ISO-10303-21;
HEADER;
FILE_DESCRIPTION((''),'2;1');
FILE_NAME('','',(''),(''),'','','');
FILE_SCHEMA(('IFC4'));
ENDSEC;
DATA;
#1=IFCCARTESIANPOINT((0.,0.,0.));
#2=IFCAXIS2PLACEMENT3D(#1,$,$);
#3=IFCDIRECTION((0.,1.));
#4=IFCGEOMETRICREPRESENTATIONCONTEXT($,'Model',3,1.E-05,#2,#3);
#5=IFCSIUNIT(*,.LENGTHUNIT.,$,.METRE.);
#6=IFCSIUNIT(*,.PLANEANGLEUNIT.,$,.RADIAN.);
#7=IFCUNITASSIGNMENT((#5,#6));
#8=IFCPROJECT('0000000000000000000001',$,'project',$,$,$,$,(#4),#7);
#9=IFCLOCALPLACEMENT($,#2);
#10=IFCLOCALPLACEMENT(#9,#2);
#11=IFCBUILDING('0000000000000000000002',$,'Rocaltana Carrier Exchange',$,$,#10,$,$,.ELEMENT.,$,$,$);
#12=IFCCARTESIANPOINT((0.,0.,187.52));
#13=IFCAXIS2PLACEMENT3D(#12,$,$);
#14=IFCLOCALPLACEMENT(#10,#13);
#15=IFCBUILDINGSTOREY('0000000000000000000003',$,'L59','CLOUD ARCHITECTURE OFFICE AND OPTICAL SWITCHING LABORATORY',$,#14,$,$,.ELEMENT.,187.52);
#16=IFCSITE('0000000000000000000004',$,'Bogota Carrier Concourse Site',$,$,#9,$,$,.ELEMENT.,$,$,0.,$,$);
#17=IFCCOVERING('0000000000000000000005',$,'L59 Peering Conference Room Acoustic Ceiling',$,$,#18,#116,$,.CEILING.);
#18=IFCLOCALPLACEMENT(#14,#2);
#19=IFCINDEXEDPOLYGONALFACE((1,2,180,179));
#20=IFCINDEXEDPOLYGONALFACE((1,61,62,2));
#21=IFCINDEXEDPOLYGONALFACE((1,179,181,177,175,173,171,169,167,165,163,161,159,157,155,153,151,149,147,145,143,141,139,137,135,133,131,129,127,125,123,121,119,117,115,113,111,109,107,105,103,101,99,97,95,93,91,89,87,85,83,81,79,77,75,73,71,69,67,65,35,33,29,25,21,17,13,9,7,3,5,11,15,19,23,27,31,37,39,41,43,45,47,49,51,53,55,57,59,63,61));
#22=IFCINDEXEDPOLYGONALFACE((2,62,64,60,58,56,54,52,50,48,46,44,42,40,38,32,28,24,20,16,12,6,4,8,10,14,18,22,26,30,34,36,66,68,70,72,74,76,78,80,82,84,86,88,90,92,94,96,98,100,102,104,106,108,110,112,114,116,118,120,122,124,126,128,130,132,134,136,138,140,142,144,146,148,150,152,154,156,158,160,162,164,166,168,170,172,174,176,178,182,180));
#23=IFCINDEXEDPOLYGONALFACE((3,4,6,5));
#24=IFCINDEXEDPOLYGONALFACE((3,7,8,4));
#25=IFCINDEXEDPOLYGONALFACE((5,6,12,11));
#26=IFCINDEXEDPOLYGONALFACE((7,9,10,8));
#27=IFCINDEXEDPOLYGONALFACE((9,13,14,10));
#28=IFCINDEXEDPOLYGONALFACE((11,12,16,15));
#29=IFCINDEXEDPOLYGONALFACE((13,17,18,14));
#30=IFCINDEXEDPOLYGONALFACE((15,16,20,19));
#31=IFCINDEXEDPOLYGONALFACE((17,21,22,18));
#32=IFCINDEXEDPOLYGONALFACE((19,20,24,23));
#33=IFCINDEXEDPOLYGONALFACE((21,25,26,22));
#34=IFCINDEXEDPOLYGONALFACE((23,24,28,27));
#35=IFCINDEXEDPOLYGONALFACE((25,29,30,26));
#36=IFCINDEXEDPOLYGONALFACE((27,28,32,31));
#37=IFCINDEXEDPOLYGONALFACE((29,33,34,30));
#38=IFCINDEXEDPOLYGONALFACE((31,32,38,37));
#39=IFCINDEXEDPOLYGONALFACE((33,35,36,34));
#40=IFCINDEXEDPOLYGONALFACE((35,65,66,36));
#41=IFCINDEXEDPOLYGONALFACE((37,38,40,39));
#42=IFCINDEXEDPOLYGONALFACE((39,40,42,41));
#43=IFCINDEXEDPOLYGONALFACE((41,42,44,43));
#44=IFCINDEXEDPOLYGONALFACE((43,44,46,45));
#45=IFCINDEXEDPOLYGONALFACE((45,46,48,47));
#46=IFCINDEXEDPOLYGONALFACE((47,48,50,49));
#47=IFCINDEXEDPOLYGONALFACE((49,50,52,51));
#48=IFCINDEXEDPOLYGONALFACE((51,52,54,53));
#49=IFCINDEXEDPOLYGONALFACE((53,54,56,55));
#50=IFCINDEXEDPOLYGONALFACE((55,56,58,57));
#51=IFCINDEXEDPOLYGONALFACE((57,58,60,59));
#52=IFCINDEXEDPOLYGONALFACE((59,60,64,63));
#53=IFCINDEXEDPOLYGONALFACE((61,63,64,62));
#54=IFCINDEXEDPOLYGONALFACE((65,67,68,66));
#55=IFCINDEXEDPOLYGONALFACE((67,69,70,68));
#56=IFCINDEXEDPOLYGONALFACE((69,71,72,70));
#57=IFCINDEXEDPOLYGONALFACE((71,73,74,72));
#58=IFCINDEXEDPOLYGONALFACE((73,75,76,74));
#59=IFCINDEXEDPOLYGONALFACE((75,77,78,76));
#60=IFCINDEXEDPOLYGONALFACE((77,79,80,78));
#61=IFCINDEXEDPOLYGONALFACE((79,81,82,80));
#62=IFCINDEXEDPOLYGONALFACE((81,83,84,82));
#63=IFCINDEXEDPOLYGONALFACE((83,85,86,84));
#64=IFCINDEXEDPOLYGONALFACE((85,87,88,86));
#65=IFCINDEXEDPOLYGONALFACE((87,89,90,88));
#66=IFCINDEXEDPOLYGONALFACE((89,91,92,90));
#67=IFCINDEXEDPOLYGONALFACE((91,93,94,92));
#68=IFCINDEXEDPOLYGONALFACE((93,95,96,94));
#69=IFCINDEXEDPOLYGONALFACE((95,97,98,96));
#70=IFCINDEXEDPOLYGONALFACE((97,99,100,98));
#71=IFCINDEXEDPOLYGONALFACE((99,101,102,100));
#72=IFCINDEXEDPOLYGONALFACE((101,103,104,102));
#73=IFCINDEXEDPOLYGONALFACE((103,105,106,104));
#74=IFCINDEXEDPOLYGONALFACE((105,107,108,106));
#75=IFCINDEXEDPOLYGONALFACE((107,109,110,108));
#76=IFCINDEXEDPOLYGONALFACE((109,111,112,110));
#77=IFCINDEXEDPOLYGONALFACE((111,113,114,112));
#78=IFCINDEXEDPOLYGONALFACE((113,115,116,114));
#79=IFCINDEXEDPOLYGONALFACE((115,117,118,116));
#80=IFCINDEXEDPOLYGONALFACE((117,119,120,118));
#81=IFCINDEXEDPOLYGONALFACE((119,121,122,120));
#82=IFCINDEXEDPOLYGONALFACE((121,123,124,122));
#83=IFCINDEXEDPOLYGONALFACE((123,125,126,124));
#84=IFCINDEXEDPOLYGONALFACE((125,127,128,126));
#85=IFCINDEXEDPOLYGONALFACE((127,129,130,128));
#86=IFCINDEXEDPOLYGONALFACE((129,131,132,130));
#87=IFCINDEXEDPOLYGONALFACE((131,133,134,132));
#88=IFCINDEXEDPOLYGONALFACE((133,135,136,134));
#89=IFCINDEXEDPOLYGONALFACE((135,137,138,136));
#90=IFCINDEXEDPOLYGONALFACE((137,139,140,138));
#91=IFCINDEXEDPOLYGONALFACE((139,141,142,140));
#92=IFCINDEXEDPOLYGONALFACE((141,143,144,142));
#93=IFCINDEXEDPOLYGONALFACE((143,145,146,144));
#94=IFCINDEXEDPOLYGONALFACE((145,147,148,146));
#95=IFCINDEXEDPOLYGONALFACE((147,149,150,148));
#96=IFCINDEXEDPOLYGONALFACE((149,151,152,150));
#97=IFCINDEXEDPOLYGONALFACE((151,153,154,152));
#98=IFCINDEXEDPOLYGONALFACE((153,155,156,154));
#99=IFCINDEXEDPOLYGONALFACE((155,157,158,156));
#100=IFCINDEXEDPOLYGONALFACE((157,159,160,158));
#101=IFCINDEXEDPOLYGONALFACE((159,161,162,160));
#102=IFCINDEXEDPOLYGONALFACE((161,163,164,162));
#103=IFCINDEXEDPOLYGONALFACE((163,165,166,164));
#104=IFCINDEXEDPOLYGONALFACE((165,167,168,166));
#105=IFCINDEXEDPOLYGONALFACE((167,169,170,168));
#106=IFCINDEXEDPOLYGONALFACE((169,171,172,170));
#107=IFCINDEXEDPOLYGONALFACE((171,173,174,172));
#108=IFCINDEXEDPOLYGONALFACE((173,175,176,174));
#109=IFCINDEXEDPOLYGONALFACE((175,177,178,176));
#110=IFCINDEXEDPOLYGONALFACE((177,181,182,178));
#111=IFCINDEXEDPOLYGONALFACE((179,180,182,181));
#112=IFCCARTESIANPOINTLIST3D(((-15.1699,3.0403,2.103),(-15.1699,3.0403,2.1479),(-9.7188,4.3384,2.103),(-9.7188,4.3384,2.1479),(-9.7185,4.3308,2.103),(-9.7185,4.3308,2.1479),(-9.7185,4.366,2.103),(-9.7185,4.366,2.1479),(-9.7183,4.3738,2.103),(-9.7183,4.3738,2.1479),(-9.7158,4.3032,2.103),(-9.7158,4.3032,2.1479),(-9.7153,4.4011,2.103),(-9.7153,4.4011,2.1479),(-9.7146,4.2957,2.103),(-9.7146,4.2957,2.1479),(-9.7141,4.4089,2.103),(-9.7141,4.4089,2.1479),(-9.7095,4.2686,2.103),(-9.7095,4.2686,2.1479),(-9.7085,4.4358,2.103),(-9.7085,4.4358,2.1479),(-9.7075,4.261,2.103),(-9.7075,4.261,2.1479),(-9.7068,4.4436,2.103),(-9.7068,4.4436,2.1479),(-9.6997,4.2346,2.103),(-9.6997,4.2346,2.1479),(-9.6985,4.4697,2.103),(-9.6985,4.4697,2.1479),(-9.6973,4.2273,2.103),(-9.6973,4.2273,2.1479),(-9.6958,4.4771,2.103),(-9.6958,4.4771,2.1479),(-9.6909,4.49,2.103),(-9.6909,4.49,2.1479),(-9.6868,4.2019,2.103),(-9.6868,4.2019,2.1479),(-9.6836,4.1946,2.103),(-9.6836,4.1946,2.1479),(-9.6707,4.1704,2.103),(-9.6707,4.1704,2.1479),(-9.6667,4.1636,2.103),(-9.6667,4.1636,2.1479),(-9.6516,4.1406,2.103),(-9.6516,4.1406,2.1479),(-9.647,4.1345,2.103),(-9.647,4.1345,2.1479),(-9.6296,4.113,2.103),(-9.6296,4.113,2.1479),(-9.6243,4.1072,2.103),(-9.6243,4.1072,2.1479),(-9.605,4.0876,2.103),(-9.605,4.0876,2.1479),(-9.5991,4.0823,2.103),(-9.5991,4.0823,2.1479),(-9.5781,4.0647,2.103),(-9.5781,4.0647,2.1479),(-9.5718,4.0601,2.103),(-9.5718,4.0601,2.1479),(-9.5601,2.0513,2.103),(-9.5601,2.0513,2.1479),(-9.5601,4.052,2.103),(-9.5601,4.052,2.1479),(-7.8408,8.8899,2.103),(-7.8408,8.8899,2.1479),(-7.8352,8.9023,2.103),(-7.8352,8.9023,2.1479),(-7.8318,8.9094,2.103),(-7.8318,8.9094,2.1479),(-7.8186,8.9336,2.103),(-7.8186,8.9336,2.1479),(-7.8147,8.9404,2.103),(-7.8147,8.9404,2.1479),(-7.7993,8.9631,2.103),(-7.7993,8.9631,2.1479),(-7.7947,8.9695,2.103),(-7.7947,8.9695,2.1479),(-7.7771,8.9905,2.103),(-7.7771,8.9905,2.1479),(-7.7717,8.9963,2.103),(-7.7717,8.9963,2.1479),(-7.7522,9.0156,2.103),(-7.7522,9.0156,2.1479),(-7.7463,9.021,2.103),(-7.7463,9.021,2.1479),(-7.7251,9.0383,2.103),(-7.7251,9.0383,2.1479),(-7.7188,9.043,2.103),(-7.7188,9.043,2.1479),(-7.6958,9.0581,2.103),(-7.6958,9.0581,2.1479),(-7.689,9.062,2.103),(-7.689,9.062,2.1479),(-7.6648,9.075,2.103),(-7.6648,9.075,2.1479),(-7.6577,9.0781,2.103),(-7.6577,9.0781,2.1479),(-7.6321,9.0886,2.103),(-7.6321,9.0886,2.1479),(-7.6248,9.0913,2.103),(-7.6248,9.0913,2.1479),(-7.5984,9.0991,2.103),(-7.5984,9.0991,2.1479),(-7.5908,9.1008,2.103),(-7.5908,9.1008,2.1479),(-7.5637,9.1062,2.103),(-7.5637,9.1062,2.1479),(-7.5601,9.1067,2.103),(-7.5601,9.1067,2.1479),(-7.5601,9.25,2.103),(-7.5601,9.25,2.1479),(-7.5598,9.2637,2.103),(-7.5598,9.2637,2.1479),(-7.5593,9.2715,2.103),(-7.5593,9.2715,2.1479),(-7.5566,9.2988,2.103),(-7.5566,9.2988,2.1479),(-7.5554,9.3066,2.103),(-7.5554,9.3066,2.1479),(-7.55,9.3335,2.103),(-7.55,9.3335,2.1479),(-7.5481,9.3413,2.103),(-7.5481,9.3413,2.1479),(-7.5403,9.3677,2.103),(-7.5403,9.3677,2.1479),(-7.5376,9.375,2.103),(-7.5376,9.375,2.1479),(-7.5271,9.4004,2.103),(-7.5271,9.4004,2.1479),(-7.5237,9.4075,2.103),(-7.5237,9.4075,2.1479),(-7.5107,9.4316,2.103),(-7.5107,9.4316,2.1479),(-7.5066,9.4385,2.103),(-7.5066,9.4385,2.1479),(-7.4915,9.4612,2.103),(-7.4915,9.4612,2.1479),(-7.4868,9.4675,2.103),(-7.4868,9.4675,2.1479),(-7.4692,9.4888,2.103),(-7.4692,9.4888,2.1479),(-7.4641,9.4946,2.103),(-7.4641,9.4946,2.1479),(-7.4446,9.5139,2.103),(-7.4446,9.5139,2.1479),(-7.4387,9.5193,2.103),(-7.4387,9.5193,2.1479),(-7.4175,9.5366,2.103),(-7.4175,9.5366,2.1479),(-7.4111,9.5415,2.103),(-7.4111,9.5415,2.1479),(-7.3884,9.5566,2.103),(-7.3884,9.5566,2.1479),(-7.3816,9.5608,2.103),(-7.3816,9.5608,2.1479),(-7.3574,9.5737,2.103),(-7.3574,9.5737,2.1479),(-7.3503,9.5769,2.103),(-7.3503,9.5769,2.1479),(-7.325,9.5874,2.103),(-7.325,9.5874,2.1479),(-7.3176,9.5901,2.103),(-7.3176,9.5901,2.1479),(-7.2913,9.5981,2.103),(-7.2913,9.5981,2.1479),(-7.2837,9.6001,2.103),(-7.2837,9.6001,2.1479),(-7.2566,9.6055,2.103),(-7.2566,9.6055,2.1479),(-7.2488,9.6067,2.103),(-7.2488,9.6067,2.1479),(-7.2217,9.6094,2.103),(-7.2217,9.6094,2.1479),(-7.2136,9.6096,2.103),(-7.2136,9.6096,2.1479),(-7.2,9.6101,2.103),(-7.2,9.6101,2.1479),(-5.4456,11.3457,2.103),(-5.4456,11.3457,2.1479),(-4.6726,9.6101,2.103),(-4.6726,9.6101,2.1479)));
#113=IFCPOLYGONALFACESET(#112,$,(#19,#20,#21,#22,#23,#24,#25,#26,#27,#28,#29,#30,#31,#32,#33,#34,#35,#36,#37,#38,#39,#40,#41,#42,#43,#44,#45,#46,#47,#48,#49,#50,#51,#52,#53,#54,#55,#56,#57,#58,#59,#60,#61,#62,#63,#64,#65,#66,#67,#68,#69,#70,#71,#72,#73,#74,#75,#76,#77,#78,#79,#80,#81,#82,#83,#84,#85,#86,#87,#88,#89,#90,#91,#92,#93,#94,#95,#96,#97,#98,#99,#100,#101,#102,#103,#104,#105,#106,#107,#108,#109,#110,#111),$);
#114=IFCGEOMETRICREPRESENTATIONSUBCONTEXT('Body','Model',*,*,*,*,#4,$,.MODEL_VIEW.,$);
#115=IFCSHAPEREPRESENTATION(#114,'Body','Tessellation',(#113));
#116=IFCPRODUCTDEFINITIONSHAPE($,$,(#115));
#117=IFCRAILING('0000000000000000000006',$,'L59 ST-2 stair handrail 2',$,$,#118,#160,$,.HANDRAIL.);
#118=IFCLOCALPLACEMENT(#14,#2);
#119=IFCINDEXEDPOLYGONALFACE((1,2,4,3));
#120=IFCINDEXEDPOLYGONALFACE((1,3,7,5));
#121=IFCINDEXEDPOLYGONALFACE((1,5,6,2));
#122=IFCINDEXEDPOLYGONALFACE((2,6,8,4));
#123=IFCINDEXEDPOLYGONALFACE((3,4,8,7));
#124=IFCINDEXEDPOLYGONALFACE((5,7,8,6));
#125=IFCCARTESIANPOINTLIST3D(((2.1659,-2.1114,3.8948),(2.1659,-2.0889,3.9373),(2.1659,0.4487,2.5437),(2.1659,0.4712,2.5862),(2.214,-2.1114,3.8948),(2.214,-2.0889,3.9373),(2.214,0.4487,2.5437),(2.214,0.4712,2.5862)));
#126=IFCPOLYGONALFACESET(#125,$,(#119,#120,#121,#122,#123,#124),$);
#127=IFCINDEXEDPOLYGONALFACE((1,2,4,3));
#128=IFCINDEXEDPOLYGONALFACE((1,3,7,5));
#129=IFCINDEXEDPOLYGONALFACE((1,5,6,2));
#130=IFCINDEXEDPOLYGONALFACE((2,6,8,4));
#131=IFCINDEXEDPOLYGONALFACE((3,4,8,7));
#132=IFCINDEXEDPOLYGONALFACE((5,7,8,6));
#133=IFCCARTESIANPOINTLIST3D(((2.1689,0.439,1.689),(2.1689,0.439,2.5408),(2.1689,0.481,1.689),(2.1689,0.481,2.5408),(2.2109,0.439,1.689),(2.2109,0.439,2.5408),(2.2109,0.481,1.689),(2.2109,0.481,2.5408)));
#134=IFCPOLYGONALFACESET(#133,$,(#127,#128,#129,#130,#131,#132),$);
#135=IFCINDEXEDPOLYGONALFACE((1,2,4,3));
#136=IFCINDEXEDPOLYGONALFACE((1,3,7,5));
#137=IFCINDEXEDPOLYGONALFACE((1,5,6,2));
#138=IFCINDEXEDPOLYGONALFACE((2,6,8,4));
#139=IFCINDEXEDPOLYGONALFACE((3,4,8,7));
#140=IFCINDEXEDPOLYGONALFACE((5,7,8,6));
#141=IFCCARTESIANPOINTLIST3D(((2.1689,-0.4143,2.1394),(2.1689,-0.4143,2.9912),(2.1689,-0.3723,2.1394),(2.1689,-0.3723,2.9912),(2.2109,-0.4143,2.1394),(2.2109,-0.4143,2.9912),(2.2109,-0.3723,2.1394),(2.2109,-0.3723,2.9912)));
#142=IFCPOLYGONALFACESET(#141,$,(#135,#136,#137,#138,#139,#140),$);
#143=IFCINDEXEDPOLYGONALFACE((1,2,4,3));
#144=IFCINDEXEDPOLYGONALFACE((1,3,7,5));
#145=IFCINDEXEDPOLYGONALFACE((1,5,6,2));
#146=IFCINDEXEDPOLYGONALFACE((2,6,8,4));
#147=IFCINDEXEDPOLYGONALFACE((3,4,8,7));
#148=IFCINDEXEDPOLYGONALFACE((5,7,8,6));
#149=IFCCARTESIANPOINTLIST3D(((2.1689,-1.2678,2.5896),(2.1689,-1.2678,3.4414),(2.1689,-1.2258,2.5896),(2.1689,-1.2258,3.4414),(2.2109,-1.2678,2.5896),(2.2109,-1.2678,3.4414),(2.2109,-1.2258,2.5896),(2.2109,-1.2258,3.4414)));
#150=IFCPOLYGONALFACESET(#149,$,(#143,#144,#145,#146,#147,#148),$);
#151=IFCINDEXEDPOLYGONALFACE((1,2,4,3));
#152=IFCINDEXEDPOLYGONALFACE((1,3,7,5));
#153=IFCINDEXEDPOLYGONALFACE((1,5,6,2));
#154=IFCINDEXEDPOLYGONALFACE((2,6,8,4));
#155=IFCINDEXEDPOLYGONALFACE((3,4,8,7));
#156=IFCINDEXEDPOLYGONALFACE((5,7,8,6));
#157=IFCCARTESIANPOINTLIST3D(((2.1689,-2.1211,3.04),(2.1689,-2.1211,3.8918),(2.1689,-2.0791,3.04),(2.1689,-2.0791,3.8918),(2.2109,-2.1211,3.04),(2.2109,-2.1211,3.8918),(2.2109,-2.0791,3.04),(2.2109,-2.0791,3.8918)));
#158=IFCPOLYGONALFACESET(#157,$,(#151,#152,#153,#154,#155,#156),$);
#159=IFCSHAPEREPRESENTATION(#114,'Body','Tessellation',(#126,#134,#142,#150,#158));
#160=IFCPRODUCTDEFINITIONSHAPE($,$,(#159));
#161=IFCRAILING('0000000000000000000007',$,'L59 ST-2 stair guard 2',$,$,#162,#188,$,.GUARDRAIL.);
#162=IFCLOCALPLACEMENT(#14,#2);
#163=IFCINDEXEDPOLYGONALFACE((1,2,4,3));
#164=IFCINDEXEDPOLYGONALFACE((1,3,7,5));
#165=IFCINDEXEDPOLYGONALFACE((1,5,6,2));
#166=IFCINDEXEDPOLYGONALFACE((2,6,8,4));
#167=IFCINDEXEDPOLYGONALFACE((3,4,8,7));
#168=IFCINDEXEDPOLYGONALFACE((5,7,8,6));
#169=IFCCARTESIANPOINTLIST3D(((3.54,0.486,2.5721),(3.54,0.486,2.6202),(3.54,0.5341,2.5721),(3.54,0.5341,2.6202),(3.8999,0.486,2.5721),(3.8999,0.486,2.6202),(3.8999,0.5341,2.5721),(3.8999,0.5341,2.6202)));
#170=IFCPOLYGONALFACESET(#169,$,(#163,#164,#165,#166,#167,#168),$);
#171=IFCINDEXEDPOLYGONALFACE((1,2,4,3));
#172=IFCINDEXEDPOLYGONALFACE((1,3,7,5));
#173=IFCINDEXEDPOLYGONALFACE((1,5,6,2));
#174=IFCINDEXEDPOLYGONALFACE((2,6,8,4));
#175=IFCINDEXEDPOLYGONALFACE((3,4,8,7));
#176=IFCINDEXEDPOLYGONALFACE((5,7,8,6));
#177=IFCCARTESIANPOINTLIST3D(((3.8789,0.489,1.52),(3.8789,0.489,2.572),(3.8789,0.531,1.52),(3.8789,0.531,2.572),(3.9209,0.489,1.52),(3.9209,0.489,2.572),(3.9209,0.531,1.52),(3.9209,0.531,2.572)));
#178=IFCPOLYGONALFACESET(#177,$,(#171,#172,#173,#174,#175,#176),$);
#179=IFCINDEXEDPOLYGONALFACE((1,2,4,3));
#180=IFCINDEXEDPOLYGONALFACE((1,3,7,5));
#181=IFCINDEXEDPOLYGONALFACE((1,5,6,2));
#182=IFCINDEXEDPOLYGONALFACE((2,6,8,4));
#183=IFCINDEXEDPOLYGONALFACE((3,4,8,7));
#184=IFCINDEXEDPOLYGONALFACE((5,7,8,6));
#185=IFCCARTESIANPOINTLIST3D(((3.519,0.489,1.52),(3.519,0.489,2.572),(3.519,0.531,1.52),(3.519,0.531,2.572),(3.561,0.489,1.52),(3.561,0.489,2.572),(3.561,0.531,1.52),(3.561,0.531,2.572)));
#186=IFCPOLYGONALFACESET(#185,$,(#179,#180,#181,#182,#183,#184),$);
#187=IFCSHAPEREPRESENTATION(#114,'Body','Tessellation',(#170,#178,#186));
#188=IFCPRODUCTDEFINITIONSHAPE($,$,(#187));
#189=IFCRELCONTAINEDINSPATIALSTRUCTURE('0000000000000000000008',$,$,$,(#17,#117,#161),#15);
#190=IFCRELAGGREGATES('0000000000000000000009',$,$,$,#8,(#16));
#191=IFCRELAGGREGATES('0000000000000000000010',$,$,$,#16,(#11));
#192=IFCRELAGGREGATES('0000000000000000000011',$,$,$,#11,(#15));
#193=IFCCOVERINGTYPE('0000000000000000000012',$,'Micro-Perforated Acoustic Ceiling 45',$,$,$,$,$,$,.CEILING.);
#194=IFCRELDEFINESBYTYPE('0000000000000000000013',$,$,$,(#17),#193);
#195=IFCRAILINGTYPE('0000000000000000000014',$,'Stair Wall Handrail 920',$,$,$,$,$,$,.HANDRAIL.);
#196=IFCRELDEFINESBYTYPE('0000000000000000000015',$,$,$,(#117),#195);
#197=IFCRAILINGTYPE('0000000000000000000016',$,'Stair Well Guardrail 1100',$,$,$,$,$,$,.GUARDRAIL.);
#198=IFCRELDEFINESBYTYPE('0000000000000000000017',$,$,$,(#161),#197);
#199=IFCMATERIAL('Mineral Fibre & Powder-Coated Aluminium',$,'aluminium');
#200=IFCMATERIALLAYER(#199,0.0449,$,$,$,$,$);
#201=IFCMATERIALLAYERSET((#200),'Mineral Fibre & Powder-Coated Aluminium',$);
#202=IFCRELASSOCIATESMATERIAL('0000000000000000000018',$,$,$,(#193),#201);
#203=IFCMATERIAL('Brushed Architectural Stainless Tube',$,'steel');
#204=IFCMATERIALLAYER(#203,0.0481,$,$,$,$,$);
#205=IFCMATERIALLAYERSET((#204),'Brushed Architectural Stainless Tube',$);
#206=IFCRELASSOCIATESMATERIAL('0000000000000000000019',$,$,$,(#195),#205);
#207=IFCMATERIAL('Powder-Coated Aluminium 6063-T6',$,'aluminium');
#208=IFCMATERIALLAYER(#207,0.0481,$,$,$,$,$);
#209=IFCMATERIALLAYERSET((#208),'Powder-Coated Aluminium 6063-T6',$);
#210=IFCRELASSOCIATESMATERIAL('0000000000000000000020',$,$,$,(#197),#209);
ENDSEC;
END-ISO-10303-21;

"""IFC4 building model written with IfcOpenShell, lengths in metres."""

from ifc_helpers import new_model, si_unit, direction, frame, origin, origin_2d, place, context, subcontext, project, spatial, polyline, rectangle, outline, extrude, material, layer, layer_set, type_object, element, save


model = new_model("IFC4")

# Units and contexts
model_context = context("Model", 3, precision=1e-05, world=origin(), true_north=direction((0.0, 1.0)))
body_context = subcontext(model_context, "Body", "Model", "MODEL_VIEW")
ifc_project = project(units=[si_unit("LENGTHUNIT", "METRE"), si_unit("PLANEANGLEUNIT", "RADIAN")], contexts=[model_context])

# Site, building, storey
site_placement = place(None, origin())
site = spatial("IfcSite", under=ifc_project, at=site_placement, Name="Bogota Carrier Concourse Site", CompositionType="ELEMENT", RefElevation=0.0)
building_placement = place(site_placement, origin())
building = spatial("IfcBuilding", under=site, at=building_placement, Name="Rocaltana Carrier Exchange", CompositionType="ELEMENT")
storey_placement = place(building_placement, frame((0.0, 0.0, 187.52)))
storey = spatial("IfcBuildingStorey", under=building, at=storey_placement, Name="L59", Description="CLOUD ARCHITECTURE OFFICE AND OPTICAL SWITCHING LABORATORY", CompositionType="ELEMENT", Elevation=187.52)

# Covering
ifc_material_1 = material(Name="Mineral Fibre & Powder-Coated Aluminium", Category="aluminium")
ifc_layer_1 = layer(ifc_material_1, 0.0449)
ifc_layer_set_1 = layer_set([ifc_layer_1], Name="Mineral Fibre & Powder-Coated Aluminium")
covering_type_1 = type_object("IfcCoveringType", Name="Micro-Perforated Acoustic Ceiling 45", PredefinedType="CEILING", material=ifc_layer_set_1)
covering_1_placement = place(storey_placement, frame((0.0, 0.0, 2.103)))
element("IfcCovering", 1, at=covering_1_placement, inside=storey, type_object=covering_type_1, Name="L59 Peering Conference Room Acoustic Ceiling", PredefinedType="CEILING", context=body_context, shape_type="SweptSolid", body=[
    extrude(outline(polyline([(-9.5601, 4.052), (-9.5601, 2.0513), (-15.1699, 3.0403), (-5.4456, 11.3457), (-4.6726, 9.6101), (-7.2, 9.6101), (-7.2136, 9.6096), (-7.2217, 9.6094), (-7.2488, 9.6067), (-7.2566, 9.6055), (-7.2837, 9.6001), (-7.2913, 9.5981), (-7.3176, 9.5901), (-7.325, 9.5874), (-7.3503, 9.5769), (-7.3574, 9.5737), (-7.3816, 9.5608), (-7.3884, 9.5566), (-7.4111, 9.5415), (-7.4175, 9.5366), (-7.4387, 9.5193), (-7.4446, 9.5139), (-7.4641, 9.4946), (-7.4692, 9.4888), (-7.4868, 9.4675), (-7.4915, 9.4612), (-7.5066, 9.4385), (-7.5107, 9.4316), (-7.5237, 9.4075), (-7.5271, 9.4004), (-7.5376, 9.375), (-7.5403, 9.3677), (-7.5481, 9.3413), (-7.55, 9.3335), (-7.5554, 9.3066), (-7.5566, 9.2988), (-7.5593, 9.2715), (-7.5598, 9.2637), (-7.5601, 9.25), (-7.5601, 9.1067), (-7.5637, 9.1062), (-7.5908, 9.1008), (-7.5984, 9.0991), (-7.6248, 9.0913), (-7.6321, 9.0886), (-7.6577, 9.0781), (-7.6648, 9.075), (-7.689, 9.062), (-7.6958, 9.0581), (-7.7188, 9.043), (-7.7251, 9.0383), (-7.7463, 9.021), (-7.7522, 9.0156), (-7.7717, 8.9963), (-7.7771, 8.9905), (-7.7947, 8.9695), (-7.7993, 8.9631), (-7.8147, 8.9404), (-7.8186, 8.9336), (-7.8318, 8.9094), (-7.8352, 8.9023), (-7.8408, 8.8899), (-9.6909, 4.49), (-9.6958, 4.4771), (-9.6985, 4.4697), (-9.7068, 4.4436), (-9.7085, 4.4358), (-9.7141, 4.4089), (-9.7153, 4.4011), (-9.7183, 4.3738), (-9.7185, 4.366), (-9.7188, 4.3384), (-9.7185, 4.3308), (-9.7158, 4.3032), (-9.7146, 4.2957), (-9.7095, 4.2686), (-9.7075, 4.261), (-9.6997, 4.2346), (-9.6973, 4.2273), (-9.6868, 4.2019), (-9.6836, 4.1946), (-9.6707, 4.1704), (-9.6667, 4.1636), (-9.6516, 4.1406), (-9.647, 4.1345), (-9.6296, 4.113), (-9.6243, 4.1072), (-9.605, 4.0876), (-9.5991, 4.0823), (-9.5781, 4.0647), (-9.5718, 4.0601), (-9.5601, 4.052)])), origin(), (0.0, 0.0, 1.0), 0.0449),
])

# Railings
ifc_material_2 = material(Name="Brushed Architectural Stainless Tube", Category="steel")
ifc_layer_2 = layer(ifc_material_2, 0.0481)
ifc_layer_set_2 = layer_set([ifc_layer_2], Name="Brushed Architectural Stainless Tube")
railing_type_1 = type_object("IfcRailingType", Name="Stair Wall Handrail 920", PredefinedType="HANDRAIL", material=ifc_layer_set_2)
railing_1_placement = place(storey_placement, frame((2.1899, 0.46, 1.689)))
element("IfcRailing", 2, at=railing_1_placement, inside=storey, type_object=railing_type_1, Name="L59 ST-2 stair handrail 2", PredefinedType="HANDRAIL", context=body_context, shape_type="SweptSolid", body=[
    extrude(rectangle(XDim=0.0481, YDim=0.0481, at=origin_2d()), frame((0.0, 0.0, 0.876), z_axis=(0.0, -0.884394, 0.46674), x_axis=(1.0, 0.0, 0.0)), (0.0, 0.0, 1.0), 2.8948),
    extrude(rectangle(XDim=0.042, YDim=0.042, at=origin_2d()), origin(), (0.0, 0.0, 1.0), 0.8518),
    extrude(rectangle(XDim=0.042, YDim=0.042, at=origin_2d()), frame((0.0, -0.8533, 0.4504)), (0.0, 0.0, 1.0), 0.8518),
    extrude(rectangle(XDim=0.042, YDim=0.042, at=origin_2d()), frame((0.0, -1.7068, 0.9006)), (0.0, 0.0, 1.0), 0.8518),
    extrude(rectangle(XDim=0.042, YDim=0.042, at=origin_2d()), frame((0.0, -2.5601, 1.3511)), (0.0, 0.0, 1.0), 0.8518),
])
ifc_material_3 = material(Name="Powder-Coated Aluminium 6063-T6", Category="aluminium")
ifc_layer_3 = layer(ifc_material_3, 0.0481)
ifc_layer_set_3 = layer_set([ifc_layer_3], Name="Powder-Coated Aluminium 6063-T6")
railing_type_2 = type_object("IfcRailingType", Name="Stair Well Guardrail 1100", PredefinedType="GUARDRAIL", material=ifc_layer_set_3)
railing_2_placement = place(storey_placement, frame((3.8999, 0.51, 1.52)))
element("IfcRailing", 3, at=railing_2_placement, inside=storey, type_object=railing_type_2, Name="L59 ST-2 stair guard 2", PredefinedType="GUARDRAIL", context=body_context, shape_type="SweptSolid", body=[
    extrude(rectangle(XDim=0.0481, YDim=0.0481, at=origin_2d()), frame((0.0, 0.0, 1.0762), z_axis=(-1.0, 0.0, 0.0), x_axis=(0.0, -1.0, 0.0)), (0.0, 0.0, 1.0), 0.3599),
    extrude(rectangle(XDim=0.042, YDim=0.042, at=origin_2d()), origin(), (0.0, 0.0, 1.0), 1.052),
    extrude(rectangle(XDim=0.042, YDim=0.042, at=origin_2d()), frame((-0.3599, 0.0, 0.0)), (0.0, 0.0, 1.0), 1.052),
])

save(model, "model.ifc")
